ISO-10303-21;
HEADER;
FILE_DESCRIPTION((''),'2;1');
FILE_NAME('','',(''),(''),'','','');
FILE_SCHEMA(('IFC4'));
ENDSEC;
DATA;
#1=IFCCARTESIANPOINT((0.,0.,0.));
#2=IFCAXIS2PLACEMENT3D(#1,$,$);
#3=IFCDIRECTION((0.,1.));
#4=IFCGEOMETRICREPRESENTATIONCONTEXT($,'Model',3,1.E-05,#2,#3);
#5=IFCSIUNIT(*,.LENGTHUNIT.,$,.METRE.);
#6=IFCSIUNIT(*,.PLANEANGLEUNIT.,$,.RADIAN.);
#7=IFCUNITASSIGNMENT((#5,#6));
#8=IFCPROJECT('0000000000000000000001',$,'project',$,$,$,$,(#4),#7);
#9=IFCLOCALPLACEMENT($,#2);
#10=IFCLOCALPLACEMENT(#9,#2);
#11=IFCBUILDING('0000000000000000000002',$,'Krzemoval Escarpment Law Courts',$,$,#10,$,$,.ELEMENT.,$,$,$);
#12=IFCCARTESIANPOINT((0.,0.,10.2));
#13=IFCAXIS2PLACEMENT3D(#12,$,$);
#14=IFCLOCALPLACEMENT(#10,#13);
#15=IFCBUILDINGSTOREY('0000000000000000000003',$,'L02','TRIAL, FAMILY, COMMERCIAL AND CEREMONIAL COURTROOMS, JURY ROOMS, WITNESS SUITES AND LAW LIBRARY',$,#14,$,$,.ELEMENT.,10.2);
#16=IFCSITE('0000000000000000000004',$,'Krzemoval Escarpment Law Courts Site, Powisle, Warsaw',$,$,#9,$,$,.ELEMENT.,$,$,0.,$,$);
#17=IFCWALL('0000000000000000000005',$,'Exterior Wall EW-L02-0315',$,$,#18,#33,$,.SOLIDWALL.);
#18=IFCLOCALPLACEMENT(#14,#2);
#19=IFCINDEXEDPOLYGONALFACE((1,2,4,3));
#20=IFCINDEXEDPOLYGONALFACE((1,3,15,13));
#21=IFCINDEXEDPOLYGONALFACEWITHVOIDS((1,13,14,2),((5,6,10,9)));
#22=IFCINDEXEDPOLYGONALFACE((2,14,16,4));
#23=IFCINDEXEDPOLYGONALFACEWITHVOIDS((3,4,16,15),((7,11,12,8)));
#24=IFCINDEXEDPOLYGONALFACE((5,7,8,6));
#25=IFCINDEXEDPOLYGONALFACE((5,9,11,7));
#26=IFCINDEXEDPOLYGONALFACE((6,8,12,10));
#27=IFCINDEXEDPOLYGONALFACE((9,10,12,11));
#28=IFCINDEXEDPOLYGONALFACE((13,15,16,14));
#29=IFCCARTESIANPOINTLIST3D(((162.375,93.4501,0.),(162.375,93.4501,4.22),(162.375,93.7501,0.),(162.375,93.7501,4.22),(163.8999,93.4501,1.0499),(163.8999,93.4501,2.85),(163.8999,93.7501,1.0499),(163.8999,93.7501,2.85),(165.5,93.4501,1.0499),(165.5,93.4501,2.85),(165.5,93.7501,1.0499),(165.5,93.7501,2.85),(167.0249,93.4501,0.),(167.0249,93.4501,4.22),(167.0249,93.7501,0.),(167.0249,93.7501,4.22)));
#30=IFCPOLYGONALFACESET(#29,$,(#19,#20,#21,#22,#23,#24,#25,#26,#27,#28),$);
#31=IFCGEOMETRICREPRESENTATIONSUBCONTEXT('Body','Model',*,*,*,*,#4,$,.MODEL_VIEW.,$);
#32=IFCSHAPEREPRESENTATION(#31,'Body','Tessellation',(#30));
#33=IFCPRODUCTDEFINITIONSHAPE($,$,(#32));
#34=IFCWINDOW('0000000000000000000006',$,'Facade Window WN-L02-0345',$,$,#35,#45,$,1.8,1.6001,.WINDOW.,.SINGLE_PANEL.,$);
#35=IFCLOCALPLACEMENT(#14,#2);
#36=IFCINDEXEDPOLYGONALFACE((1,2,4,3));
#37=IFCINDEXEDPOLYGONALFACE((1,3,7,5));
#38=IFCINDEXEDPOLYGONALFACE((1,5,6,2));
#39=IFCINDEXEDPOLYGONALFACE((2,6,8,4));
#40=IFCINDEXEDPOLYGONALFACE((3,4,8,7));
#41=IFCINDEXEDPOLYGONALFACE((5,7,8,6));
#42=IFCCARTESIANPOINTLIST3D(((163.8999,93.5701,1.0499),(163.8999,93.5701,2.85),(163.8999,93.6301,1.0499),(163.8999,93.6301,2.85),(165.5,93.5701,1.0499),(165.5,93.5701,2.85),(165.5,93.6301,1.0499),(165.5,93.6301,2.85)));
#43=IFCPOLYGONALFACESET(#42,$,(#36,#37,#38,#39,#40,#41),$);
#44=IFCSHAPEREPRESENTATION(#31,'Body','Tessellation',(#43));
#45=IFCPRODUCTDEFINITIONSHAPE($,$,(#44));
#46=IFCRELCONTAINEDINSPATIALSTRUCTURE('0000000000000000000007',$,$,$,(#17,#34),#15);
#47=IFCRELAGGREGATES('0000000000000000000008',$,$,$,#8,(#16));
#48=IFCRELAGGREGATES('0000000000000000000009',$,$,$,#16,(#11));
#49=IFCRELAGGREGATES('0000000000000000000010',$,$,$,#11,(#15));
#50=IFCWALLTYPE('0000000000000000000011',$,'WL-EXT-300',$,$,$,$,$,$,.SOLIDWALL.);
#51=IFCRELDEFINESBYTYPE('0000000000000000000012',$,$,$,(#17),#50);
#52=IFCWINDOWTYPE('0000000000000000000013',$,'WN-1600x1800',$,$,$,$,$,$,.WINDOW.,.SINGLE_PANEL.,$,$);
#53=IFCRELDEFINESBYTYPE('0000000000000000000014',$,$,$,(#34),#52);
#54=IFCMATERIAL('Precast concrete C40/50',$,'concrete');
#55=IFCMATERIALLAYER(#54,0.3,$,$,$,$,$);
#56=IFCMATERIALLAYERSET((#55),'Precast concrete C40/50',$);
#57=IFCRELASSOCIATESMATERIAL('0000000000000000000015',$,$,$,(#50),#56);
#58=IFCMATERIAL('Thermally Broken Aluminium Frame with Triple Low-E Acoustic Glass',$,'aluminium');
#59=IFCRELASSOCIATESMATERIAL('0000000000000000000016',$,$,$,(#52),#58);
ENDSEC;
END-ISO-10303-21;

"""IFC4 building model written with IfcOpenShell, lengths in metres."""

from ifc_helpers import new_model, si_unit, direction, frame, frame_2d, origin, place, context, subcontext, project, spatial, rectangle, extrude, material, layer, layer_set, type_object, element, fill, save


model = new_model("IFC4")

# Units and contexts
model_context = context("Model", 3, precision=1e-05, world=origin(), true_north=direction((0.0, 1.0)))
body_context = subcontext(model_context, "Body", "Model", "MODEL_VIEW")
ifc_project = project(units=[si_unit("LENGTHUNIT", "METRE"), si_unit("PLANEANGLEUNIT", "RADIAN")], contexts=[model_context])

# Site, building, storey
site_placement = place(None, origin())
site = spatial("IfcSite", under=ifc_project, at=site_placement, Name="Krzemoval Escarpment Law Courts Site, Powisle, Warsaw", CompositionType="ELEMENT", RefElevation=0.0)
building_placement = place(site_placement, origin())
building = spatial("IfcBuilding", under=site, at=building_placement, Name="Krzemoval Escarpment Law Courts", CompositionType="ELEMENT")
storey_placement = place(building_placement, frame((0.0, 0.0, 10.2)))
storey = spatial("IfcBuildingStorey", under=building, at=storey_placement, Name="L02", Description="TRIAL, FAMILY, COMMERCIAL AND CEREMONIAL COURTROOMS, JURY ROOMS, WITNESS SUITES AND LAW LIBRARY", CompositionType="ELEMENT", Elevation=10.2)

# Wall, opening, window
ifc_material_1 = material(Name="Precast concrete C40/50", Category="concrete")
ifc_layer_1 = layer(ifc_material_1, 0.3)
ifc_layer_set_1 = layer_set([ifc_layer_1], Name="Precast concrete C40/50")
wall_type = type_object("IfcWallType", Name="WL-EXT-300", PredefinedType="SOLIDWALL", material=ifc_layer_set_1)
ifc_material_2 = material(Name="Thermally Broken Aluminium Frame with Triple Low-E Acoustic Glass", Category="aluminium")
window_type = type_object("IfcWindowType", Name="WN-1600x1800", PartitioningType="SINGLE_PANEL", PredefinedType="WINDOW", material=ifc_material_2)
wall_1_placement = place(storey_placement, frame((167.0249, 93.6001, 0.0), z_axis=(0.0, 0.0, 1.0), x_axis=(-1.0, 0.0, 0.0)))
wall_1 = element("IfcWall", 1, at=wall_1_placement, inside=storey, type_object=wall_type, Name="Exterior Wall EW-L02-0315", PredefinedType="SOLIDWALL", context=body_context, shape_type="SweptSolid", body=[
    extrude(rectangle(XDim=4.6499, YDim=0.3, at=frame_2d((2.325, 0.0))), origin(), (0.0, 0.0, 1.0), 4.22),
])
opening_1_placement = place(wall_1_placement, frame((1.5249, 0.0, 1.05)))
opening_1 = element("IfcOpeningElement", 2, at=opening_1_placement, cuts=wall_1, PredefinedType="OPENING", context=body_context, shape_type="SweptSolid", body=[
    extrude(rectangle(XDim=1.6001, YDim=1.8, at=frame_2d((0.8, 0.8999))), frame((0.0, 0.165, 0.0), z_axis=(0.0, -1.0, 0.0), x_axis=(1.0, 0.0, 0.0)), (0.0, 0.0, 1.0), 0.3301),
])
window_1_placement = place(opening_1_placement, origin())
window_1 = element("IfcWindow", 3, at=window_1_placement, inside=storey, type_object=window_type, Name="Facade Window WN-L02-0345", OverallHeight=1.8, OverallWidth=1.6001, PartitioningType="SINGLE_PANEL", PredefinedType="WINDOW", context=body_context, shape_type="SweptSolid", body=[
    extrude(rectangle(XDim=1.6001, YDim=1.8, at=frame_2d((0.8, 0.8999))), frame((0.0, 0.03, 0.0), z_axis=(0.0, -1.0, 0.0), x_axis=(1.0, 0.0, 0.0)), (0.0, 0.0, 1.0), 0.0601),
])
fill(opening_1, window_1)

save(model, "model.ifc")
